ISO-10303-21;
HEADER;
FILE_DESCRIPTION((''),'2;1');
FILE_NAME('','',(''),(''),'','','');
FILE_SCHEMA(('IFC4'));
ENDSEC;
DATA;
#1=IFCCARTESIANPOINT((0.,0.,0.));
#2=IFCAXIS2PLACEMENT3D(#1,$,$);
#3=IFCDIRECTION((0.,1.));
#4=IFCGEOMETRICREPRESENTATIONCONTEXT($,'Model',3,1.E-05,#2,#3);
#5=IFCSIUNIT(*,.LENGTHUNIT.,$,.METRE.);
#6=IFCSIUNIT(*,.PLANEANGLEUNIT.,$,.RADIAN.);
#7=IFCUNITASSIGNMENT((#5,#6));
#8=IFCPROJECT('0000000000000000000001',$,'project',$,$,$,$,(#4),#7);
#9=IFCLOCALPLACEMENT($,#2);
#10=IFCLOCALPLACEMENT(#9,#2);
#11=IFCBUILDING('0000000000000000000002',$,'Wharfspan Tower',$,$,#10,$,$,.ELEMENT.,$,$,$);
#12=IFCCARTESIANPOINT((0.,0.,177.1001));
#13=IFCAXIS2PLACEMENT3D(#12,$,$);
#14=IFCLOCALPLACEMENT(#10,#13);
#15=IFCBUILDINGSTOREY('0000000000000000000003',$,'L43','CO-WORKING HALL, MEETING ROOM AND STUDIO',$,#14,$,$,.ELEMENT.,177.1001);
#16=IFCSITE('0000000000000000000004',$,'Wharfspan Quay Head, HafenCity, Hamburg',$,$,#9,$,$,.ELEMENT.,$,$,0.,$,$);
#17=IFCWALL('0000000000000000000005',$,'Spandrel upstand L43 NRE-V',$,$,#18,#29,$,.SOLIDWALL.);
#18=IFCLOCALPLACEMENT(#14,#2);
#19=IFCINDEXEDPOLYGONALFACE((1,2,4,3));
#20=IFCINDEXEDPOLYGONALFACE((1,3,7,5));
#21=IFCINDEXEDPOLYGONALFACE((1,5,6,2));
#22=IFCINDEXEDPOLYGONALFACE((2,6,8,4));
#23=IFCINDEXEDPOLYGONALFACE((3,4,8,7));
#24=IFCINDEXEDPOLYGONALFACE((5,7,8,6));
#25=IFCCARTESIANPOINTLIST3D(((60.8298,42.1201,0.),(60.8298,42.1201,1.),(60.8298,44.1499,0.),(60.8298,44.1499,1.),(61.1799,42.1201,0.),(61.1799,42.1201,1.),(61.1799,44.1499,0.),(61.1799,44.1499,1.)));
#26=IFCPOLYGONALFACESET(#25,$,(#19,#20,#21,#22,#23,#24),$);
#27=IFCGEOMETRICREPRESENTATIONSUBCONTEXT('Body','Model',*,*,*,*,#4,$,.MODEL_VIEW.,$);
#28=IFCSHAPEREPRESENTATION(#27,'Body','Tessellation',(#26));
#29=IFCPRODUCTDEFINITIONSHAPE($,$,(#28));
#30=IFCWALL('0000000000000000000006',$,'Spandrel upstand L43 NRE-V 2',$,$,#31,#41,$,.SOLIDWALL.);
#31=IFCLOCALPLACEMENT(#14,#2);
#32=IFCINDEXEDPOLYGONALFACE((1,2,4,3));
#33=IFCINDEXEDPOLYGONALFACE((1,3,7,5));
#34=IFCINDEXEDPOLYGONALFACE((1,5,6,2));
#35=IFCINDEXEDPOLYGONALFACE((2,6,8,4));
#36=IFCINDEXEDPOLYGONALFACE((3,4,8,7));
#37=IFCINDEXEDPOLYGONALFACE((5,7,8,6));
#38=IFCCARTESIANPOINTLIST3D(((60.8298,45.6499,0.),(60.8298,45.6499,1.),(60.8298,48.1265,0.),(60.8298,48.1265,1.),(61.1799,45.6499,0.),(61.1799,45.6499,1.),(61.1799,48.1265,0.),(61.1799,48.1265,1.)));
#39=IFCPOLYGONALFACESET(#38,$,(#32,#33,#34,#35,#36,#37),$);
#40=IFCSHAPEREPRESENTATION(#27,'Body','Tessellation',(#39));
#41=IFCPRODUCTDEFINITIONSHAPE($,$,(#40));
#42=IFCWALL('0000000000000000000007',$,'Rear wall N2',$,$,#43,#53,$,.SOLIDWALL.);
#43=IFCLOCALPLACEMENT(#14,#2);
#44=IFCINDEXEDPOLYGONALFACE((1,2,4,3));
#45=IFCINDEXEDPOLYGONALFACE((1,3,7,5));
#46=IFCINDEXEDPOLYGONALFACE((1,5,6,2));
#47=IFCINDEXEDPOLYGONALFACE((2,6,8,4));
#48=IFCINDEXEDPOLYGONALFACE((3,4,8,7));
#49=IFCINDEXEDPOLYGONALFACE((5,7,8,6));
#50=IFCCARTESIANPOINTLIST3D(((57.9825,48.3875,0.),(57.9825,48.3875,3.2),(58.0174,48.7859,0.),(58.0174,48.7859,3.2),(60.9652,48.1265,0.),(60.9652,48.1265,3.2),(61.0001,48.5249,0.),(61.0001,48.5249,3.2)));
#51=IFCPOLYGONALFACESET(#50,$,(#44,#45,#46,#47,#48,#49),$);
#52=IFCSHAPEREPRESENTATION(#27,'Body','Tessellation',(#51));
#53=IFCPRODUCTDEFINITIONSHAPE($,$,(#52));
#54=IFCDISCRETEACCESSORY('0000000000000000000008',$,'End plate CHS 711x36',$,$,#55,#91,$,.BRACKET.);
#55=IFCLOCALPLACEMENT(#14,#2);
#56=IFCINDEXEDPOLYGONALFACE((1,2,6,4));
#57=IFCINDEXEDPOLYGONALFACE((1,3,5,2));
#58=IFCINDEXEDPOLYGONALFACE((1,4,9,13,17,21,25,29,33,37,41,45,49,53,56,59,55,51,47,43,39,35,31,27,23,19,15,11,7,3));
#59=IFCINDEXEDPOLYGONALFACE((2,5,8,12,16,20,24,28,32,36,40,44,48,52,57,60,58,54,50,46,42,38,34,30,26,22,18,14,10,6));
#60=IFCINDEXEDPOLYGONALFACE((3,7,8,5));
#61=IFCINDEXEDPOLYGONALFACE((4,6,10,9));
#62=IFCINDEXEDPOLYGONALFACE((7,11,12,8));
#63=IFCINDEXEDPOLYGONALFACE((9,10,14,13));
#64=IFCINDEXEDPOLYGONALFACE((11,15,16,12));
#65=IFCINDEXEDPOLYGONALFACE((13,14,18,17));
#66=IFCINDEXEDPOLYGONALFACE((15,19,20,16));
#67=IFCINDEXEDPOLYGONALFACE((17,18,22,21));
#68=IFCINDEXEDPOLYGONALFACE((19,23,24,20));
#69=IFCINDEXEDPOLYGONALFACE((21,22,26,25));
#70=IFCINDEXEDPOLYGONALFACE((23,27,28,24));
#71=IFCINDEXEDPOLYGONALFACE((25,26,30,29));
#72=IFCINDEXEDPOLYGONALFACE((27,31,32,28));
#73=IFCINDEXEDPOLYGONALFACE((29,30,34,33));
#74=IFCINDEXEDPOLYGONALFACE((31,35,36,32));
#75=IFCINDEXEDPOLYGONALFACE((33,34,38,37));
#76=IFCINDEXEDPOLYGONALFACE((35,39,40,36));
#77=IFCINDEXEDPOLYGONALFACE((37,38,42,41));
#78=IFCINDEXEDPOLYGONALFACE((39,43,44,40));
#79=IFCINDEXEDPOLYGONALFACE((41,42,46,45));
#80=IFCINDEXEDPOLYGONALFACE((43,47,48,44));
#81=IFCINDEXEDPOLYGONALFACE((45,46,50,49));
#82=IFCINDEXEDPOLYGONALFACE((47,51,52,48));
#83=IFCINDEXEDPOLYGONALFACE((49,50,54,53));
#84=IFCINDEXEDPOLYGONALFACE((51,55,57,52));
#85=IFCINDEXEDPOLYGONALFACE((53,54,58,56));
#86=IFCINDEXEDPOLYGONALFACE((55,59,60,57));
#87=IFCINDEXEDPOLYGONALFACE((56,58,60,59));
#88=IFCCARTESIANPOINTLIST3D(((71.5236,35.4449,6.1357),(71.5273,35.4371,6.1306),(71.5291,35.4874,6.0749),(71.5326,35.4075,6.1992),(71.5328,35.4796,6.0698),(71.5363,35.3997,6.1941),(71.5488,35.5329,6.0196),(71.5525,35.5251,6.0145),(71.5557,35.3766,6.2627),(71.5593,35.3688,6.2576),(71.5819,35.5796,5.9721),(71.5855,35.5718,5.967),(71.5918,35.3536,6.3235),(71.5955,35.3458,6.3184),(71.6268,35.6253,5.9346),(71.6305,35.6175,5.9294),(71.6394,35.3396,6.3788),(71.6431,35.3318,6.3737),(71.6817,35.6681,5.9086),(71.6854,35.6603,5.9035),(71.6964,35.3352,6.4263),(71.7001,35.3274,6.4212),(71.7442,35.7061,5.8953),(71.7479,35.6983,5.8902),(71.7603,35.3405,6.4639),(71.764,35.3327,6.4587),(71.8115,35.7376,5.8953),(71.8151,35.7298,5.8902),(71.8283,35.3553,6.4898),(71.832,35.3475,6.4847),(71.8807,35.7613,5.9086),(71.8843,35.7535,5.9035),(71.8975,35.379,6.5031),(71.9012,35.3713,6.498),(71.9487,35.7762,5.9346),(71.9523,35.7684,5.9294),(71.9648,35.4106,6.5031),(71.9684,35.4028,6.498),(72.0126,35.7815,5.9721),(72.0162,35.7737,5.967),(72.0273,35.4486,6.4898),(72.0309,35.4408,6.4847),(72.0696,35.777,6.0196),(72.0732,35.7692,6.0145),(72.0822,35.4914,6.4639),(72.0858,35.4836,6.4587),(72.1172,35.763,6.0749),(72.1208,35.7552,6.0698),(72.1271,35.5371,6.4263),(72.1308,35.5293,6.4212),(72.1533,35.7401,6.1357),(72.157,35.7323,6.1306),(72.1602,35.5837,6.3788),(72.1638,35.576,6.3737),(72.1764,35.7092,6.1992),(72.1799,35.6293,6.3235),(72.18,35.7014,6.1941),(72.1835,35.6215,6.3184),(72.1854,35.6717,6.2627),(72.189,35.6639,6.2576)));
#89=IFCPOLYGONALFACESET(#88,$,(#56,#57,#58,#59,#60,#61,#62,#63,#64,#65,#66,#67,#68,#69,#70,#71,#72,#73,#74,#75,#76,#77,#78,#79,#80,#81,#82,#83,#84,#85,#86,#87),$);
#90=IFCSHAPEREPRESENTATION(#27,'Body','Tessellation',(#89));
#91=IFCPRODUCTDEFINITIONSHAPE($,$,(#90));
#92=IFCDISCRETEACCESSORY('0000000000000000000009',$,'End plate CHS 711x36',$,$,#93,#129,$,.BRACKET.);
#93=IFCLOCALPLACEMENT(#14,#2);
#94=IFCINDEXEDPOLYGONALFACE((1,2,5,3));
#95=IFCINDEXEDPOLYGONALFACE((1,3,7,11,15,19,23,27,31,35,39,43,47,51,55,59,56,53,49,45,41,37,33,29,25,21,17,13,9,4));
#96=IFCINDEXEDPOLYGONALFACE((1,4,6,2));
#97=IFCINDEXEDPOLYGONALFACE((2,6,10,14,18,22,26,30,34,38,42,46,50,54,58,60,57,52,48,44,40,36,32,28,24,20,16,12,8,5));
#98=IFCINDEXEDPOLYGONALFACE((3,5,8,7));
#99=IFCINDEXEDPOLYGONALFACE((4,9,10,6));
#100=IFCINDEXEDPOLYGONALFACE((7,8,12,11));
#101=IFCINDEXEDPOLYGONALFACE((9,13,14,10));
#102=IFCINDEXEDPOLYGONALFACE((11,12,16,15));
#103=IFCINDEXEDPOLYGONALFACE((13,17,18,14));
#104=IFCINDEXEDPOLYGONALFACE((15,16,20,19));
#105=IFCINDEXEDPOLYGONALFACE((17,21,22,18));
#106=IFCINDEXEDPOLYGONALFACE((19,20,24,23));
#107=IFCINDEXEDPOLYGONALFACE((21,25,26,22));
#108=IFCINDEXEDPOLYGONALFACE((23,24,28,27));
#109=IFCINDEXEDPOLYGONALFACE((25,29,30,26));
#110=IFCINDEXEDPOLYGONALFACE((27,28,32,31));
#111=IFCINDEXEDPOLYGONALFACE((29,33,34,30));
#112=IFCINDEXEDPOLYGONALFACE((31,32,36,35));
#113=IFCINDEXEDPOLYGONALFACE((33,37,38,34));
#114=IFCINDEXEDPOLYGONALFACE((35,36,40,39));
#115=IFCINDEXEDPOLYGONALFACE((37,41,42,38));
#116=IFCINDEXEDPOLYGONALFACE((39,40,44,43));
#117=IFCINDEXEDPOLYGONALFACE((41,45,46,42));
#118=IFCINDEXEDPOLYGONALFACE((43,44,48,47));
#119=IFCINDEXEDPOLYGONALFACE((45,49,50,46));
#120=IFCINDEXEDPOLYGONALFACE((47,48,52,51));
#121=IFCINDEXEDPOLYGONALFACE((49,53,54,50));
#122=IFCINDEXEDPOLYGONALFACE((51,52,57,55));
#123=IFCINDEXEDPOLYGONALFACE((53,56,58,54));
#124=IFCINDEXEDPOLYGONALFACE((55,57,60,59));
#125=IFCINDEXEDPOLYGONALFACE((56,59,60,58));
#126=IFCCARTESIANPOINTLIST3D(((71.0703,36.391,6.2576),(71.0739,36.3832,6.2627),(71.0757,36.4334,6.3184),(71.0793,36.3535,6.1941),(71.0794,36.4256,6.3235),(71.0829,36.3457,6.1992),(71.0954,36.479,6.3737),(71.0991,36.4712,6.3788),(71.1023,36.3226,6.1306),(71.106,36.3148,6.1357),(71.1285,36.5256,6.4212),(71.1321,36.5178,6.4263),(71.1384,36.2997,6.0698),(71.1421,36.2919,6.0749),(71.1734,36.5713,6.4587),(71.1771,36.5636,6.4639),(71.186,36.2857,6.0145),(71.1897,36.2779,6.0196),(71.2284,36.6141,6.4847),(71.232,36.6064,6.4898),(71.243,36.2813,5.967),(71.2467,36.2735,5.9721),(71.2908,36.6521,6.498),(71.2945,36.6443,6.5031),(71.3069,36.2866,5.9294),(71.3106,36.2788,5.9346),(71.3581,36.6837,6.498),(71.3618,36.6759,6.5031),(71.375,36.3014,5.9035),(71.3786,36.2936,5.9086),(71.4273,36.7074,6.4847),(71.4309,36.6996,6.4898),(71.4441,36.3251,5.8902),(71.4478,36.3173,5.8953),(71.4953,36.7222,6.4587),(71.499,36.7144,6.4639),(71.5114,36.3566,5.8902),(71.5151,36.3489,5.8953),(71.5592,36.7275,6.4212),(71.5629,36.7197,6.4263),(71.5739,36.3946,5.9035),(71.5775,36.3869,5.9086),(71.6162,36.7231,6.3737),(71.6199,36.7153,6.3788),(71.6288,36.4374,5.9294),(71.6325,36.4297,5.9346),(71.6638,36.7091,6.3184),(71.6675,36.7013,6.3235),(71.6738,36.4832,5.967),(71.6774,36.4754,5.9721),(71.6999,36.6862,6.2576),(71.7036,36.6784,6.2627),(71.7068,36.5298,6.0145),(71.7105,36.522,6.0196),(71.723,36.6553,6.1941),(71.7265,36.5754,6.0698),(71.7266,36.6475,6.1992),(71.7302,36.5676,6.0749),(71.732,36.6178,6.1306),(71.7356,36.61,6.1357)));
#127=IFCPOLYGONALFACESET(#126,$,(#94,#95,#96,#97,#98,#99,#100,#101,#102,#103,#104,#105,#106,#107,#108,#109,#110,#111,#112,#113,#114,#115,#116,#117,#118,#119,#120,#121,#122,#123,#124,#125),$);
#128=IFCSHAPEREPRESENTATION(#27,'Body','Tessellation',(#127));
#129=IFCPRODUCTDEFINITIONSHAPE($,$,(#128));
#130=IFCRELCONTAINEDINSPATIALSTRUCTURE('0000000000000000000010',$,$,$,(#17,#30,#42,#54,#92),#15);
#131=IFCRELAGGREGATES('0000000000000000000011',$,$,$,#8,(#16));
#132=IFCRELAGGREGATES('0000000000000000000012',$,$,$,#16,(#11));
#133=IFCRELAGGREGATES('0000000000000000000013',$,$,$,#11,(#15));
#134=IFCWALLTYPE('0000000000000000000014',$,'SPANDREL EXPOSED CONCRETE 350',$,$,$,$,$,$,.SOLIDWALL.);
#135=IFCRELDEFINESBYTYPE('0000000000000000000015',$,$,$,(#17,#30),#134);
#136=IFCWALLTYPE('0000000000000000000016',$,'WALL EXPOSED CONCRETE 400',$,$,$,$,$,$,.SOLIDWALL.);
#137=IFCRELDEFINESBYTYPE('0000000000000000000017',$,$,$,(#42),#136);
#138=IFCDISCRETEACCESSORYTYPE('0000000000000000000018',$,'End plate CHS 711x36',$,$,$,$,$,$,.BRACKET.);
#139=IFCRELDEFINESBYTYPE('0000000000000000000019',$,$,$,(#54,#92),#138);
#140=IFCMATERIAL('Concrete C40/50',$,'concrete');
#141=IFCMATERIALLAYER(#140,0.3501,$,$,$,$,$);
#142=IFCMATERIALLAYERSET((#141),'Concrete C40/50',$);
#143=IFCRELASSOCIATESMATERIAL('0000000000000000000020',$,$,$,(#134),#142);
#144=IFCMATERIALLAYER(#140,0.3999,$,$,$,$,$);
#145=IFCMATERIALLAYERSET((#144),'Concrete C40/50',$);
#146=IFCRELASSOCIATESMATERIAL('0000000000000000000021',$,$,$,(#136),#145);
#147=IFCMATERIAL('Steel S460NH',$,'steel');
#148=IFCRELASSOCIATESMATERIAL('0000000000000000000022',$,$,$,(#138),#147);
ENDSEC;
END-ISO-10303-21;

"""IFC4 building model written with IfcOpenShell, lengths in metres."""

from ifc_helpers import new_model, si_unit, direction, frame, frame_2d, origin, origin_2d, place, context, subcontext, project, spatial, rectangle, circle, extrude, material, layer, layer_set, material_profile, profile_set, type_object, element, save


model = new_model("IFC4")

# Units and contexts
model_context = context("Model", 3, precision=1e-05, world=origin(), true_north=direction((0.0, 1.0)))
body_context = subcontext(model_context, "Body", "Model", "MODEL_VIEW")
ifc_project = project(units=[si_unit("LENGTHUNIT", "METRE"), si_unit("PLANEANGLEUNIT", "RADIAN")], contexts=[model_context])

# Site, building, storey
site_placement = place(None, origin())
site = spatial("IfcSite", under=ifc_project, at=site_placement, Name="Wharfspan Quay Head, HafenCity, Hamburg", CompositionType="ELEMENT", RefElevation=0.0)
building_placement = place(site_placement, origin())
building = spatial("IfcBuilding", under=site, at=building_placement, Name="Wharfspan Tower", CompositionType="ELEMENT")
storey_placement = place(building_placement, frame((0.0, 0.0, 177.1001)))
storey = spatial("IfcBuildingStorey", under=building, at=storey_placement, Name="L43", Description="CO-WORKING HALL, MEETING ROOM AND STUDIO", CompositionType="ELEMENT", Elevation=177.1001)

# Shared definitions
ifc_material_1 = material(Name="Steel S460NH", Category="steel")

# Walls
ifc_material_2 = material(Name="Concrete C40/50", Category="concrete")
ifc_layer_1 = layer(ifc_material_2, 0.3501)
ifc_layer_set_1 = layer_set([ifc_layer_1], Name="Concrete C40/50")
wall_type_1 = type_object("IfcWallType", Name="SPANDREL EXPOSED CONCRETE 350", PredefinedType="SOLIDWALL", material=ifc_layer_set_1)
wall_1_placement = place(storey_placement, frame((61.0049, 42.1201, 0.0), z_axis=(0.0, 0.0, 1.0), x_axis=(0.0, 1.0, 0.0)))
element("IfcWall", 1, at=wall_1_placement, inside=storey, type_object=wall_type_1, Name="Spandrel upstand L43 NRE-V", PredefinedType="SOLIDWALL", context=body_context, shape_type="SweptSolid", body=[
    extrude(rectangle(XDim=2.0298, YDim=0.3501, at=frame_2d((1.0149, 0.0))), origin(), (0.0, 0.0, 1.0), 1.0),
])
wall_2_placement = place(storey_placement, frame((61.0049, 45.6499, 0.0), z_axis=(0.0, 0.0, 1.0), x_axis=(0.0, 1.0, 0.0)))
element("IfcWall", 2, at=wall_2_placement, inside=storey, type_object=wall_type_1, Name="Spandrel upstand L43 NRE-V 2", PredefinedType="SOLIDWALL", context=body_context, shape_type="SweptSolid", body=[
    extrude(rectangle(XDim=2.4766, YDim=0.3501, at=frame_2d((1.2383, 0.0))), origin(), (0.0, 0.0, 1.0), 1.0),
])
ifc_layer_2 = layer(ifc_material_2, 0.3999)
ifc_layer_set_2 = layer_set([ifc_layer_2], Name="Concrete C40/50")
wall_type_2 = type_object("IfcWallType", Name="WALL EXPOSED CONCRETE 400", PredefinedType="SOLIDWALL", material=ifc_layer_set_2)
wall_3_placement = place(storey_placement, frame((60.9827, 48.3257, 0.0), z_axis=(0.0, 0.0, 1.0), x_axis=(-0.996194, 0.087168, 0.0)))
element("IfcWall", 3, at=wall_3_placement, inside=storey, type_object=wall_type_2, Name="Rear wall N2", PredefinedType="SOLIDWALL", context=body_context, shape_type="SweptSolid", body=[
    extrude(rectangle(XDim=2.9941, YDim=0.3999, at=frame_2d((1.4971, 0.0))), origin(), (0.0, 0.0, 1.0), 3.2),
])

# Discrete accessories
ifc_material_profile_1 = material_profile(ifc_material_1, circle(Radius=0.3555, at=origin_2d()))
ifc_profile_set_1 = profile_set([ifc_material_profile_1], Name="Steel S460NH")
discrete_accessory_type = type_object("IfcDiscreteAccessoryType", Name="End plate CHS 711x36", PredefinedType="BRACKET", material=ifc_profile_set_1)
for number, where, z_axis, x_axis, name in (
    (4, (71.8582, 35.5505, 6.1941), (-0.364878, 0.778407, 0.510829), (-0.905462, -0.424435, 0.0), "End plate CHS 711x36"),
    (5, (71.4011, 36.5044, 6.1941), (0.364878, -0.778407, 0.510829), (0.905462, 0.424435, 0.0), "End plate CHS 711x36"),
):
    element("IfcDiscreteAccessory", number, at=place(storey_placement, frame(where, z_axis=z_axis, x_axis=x_axis)), inside=storey, type_object=discrete_accessory_type, Name=name, PredefinedType="BRACKET", context=body_context, shape_type="SweptSolid", body=[
        extrude(circle(Radius=0.3555, at=origin_2d()), origin(), (0.0, 0.0, 1.0), 0.01),
    ])

save(model, "model.ifc")
